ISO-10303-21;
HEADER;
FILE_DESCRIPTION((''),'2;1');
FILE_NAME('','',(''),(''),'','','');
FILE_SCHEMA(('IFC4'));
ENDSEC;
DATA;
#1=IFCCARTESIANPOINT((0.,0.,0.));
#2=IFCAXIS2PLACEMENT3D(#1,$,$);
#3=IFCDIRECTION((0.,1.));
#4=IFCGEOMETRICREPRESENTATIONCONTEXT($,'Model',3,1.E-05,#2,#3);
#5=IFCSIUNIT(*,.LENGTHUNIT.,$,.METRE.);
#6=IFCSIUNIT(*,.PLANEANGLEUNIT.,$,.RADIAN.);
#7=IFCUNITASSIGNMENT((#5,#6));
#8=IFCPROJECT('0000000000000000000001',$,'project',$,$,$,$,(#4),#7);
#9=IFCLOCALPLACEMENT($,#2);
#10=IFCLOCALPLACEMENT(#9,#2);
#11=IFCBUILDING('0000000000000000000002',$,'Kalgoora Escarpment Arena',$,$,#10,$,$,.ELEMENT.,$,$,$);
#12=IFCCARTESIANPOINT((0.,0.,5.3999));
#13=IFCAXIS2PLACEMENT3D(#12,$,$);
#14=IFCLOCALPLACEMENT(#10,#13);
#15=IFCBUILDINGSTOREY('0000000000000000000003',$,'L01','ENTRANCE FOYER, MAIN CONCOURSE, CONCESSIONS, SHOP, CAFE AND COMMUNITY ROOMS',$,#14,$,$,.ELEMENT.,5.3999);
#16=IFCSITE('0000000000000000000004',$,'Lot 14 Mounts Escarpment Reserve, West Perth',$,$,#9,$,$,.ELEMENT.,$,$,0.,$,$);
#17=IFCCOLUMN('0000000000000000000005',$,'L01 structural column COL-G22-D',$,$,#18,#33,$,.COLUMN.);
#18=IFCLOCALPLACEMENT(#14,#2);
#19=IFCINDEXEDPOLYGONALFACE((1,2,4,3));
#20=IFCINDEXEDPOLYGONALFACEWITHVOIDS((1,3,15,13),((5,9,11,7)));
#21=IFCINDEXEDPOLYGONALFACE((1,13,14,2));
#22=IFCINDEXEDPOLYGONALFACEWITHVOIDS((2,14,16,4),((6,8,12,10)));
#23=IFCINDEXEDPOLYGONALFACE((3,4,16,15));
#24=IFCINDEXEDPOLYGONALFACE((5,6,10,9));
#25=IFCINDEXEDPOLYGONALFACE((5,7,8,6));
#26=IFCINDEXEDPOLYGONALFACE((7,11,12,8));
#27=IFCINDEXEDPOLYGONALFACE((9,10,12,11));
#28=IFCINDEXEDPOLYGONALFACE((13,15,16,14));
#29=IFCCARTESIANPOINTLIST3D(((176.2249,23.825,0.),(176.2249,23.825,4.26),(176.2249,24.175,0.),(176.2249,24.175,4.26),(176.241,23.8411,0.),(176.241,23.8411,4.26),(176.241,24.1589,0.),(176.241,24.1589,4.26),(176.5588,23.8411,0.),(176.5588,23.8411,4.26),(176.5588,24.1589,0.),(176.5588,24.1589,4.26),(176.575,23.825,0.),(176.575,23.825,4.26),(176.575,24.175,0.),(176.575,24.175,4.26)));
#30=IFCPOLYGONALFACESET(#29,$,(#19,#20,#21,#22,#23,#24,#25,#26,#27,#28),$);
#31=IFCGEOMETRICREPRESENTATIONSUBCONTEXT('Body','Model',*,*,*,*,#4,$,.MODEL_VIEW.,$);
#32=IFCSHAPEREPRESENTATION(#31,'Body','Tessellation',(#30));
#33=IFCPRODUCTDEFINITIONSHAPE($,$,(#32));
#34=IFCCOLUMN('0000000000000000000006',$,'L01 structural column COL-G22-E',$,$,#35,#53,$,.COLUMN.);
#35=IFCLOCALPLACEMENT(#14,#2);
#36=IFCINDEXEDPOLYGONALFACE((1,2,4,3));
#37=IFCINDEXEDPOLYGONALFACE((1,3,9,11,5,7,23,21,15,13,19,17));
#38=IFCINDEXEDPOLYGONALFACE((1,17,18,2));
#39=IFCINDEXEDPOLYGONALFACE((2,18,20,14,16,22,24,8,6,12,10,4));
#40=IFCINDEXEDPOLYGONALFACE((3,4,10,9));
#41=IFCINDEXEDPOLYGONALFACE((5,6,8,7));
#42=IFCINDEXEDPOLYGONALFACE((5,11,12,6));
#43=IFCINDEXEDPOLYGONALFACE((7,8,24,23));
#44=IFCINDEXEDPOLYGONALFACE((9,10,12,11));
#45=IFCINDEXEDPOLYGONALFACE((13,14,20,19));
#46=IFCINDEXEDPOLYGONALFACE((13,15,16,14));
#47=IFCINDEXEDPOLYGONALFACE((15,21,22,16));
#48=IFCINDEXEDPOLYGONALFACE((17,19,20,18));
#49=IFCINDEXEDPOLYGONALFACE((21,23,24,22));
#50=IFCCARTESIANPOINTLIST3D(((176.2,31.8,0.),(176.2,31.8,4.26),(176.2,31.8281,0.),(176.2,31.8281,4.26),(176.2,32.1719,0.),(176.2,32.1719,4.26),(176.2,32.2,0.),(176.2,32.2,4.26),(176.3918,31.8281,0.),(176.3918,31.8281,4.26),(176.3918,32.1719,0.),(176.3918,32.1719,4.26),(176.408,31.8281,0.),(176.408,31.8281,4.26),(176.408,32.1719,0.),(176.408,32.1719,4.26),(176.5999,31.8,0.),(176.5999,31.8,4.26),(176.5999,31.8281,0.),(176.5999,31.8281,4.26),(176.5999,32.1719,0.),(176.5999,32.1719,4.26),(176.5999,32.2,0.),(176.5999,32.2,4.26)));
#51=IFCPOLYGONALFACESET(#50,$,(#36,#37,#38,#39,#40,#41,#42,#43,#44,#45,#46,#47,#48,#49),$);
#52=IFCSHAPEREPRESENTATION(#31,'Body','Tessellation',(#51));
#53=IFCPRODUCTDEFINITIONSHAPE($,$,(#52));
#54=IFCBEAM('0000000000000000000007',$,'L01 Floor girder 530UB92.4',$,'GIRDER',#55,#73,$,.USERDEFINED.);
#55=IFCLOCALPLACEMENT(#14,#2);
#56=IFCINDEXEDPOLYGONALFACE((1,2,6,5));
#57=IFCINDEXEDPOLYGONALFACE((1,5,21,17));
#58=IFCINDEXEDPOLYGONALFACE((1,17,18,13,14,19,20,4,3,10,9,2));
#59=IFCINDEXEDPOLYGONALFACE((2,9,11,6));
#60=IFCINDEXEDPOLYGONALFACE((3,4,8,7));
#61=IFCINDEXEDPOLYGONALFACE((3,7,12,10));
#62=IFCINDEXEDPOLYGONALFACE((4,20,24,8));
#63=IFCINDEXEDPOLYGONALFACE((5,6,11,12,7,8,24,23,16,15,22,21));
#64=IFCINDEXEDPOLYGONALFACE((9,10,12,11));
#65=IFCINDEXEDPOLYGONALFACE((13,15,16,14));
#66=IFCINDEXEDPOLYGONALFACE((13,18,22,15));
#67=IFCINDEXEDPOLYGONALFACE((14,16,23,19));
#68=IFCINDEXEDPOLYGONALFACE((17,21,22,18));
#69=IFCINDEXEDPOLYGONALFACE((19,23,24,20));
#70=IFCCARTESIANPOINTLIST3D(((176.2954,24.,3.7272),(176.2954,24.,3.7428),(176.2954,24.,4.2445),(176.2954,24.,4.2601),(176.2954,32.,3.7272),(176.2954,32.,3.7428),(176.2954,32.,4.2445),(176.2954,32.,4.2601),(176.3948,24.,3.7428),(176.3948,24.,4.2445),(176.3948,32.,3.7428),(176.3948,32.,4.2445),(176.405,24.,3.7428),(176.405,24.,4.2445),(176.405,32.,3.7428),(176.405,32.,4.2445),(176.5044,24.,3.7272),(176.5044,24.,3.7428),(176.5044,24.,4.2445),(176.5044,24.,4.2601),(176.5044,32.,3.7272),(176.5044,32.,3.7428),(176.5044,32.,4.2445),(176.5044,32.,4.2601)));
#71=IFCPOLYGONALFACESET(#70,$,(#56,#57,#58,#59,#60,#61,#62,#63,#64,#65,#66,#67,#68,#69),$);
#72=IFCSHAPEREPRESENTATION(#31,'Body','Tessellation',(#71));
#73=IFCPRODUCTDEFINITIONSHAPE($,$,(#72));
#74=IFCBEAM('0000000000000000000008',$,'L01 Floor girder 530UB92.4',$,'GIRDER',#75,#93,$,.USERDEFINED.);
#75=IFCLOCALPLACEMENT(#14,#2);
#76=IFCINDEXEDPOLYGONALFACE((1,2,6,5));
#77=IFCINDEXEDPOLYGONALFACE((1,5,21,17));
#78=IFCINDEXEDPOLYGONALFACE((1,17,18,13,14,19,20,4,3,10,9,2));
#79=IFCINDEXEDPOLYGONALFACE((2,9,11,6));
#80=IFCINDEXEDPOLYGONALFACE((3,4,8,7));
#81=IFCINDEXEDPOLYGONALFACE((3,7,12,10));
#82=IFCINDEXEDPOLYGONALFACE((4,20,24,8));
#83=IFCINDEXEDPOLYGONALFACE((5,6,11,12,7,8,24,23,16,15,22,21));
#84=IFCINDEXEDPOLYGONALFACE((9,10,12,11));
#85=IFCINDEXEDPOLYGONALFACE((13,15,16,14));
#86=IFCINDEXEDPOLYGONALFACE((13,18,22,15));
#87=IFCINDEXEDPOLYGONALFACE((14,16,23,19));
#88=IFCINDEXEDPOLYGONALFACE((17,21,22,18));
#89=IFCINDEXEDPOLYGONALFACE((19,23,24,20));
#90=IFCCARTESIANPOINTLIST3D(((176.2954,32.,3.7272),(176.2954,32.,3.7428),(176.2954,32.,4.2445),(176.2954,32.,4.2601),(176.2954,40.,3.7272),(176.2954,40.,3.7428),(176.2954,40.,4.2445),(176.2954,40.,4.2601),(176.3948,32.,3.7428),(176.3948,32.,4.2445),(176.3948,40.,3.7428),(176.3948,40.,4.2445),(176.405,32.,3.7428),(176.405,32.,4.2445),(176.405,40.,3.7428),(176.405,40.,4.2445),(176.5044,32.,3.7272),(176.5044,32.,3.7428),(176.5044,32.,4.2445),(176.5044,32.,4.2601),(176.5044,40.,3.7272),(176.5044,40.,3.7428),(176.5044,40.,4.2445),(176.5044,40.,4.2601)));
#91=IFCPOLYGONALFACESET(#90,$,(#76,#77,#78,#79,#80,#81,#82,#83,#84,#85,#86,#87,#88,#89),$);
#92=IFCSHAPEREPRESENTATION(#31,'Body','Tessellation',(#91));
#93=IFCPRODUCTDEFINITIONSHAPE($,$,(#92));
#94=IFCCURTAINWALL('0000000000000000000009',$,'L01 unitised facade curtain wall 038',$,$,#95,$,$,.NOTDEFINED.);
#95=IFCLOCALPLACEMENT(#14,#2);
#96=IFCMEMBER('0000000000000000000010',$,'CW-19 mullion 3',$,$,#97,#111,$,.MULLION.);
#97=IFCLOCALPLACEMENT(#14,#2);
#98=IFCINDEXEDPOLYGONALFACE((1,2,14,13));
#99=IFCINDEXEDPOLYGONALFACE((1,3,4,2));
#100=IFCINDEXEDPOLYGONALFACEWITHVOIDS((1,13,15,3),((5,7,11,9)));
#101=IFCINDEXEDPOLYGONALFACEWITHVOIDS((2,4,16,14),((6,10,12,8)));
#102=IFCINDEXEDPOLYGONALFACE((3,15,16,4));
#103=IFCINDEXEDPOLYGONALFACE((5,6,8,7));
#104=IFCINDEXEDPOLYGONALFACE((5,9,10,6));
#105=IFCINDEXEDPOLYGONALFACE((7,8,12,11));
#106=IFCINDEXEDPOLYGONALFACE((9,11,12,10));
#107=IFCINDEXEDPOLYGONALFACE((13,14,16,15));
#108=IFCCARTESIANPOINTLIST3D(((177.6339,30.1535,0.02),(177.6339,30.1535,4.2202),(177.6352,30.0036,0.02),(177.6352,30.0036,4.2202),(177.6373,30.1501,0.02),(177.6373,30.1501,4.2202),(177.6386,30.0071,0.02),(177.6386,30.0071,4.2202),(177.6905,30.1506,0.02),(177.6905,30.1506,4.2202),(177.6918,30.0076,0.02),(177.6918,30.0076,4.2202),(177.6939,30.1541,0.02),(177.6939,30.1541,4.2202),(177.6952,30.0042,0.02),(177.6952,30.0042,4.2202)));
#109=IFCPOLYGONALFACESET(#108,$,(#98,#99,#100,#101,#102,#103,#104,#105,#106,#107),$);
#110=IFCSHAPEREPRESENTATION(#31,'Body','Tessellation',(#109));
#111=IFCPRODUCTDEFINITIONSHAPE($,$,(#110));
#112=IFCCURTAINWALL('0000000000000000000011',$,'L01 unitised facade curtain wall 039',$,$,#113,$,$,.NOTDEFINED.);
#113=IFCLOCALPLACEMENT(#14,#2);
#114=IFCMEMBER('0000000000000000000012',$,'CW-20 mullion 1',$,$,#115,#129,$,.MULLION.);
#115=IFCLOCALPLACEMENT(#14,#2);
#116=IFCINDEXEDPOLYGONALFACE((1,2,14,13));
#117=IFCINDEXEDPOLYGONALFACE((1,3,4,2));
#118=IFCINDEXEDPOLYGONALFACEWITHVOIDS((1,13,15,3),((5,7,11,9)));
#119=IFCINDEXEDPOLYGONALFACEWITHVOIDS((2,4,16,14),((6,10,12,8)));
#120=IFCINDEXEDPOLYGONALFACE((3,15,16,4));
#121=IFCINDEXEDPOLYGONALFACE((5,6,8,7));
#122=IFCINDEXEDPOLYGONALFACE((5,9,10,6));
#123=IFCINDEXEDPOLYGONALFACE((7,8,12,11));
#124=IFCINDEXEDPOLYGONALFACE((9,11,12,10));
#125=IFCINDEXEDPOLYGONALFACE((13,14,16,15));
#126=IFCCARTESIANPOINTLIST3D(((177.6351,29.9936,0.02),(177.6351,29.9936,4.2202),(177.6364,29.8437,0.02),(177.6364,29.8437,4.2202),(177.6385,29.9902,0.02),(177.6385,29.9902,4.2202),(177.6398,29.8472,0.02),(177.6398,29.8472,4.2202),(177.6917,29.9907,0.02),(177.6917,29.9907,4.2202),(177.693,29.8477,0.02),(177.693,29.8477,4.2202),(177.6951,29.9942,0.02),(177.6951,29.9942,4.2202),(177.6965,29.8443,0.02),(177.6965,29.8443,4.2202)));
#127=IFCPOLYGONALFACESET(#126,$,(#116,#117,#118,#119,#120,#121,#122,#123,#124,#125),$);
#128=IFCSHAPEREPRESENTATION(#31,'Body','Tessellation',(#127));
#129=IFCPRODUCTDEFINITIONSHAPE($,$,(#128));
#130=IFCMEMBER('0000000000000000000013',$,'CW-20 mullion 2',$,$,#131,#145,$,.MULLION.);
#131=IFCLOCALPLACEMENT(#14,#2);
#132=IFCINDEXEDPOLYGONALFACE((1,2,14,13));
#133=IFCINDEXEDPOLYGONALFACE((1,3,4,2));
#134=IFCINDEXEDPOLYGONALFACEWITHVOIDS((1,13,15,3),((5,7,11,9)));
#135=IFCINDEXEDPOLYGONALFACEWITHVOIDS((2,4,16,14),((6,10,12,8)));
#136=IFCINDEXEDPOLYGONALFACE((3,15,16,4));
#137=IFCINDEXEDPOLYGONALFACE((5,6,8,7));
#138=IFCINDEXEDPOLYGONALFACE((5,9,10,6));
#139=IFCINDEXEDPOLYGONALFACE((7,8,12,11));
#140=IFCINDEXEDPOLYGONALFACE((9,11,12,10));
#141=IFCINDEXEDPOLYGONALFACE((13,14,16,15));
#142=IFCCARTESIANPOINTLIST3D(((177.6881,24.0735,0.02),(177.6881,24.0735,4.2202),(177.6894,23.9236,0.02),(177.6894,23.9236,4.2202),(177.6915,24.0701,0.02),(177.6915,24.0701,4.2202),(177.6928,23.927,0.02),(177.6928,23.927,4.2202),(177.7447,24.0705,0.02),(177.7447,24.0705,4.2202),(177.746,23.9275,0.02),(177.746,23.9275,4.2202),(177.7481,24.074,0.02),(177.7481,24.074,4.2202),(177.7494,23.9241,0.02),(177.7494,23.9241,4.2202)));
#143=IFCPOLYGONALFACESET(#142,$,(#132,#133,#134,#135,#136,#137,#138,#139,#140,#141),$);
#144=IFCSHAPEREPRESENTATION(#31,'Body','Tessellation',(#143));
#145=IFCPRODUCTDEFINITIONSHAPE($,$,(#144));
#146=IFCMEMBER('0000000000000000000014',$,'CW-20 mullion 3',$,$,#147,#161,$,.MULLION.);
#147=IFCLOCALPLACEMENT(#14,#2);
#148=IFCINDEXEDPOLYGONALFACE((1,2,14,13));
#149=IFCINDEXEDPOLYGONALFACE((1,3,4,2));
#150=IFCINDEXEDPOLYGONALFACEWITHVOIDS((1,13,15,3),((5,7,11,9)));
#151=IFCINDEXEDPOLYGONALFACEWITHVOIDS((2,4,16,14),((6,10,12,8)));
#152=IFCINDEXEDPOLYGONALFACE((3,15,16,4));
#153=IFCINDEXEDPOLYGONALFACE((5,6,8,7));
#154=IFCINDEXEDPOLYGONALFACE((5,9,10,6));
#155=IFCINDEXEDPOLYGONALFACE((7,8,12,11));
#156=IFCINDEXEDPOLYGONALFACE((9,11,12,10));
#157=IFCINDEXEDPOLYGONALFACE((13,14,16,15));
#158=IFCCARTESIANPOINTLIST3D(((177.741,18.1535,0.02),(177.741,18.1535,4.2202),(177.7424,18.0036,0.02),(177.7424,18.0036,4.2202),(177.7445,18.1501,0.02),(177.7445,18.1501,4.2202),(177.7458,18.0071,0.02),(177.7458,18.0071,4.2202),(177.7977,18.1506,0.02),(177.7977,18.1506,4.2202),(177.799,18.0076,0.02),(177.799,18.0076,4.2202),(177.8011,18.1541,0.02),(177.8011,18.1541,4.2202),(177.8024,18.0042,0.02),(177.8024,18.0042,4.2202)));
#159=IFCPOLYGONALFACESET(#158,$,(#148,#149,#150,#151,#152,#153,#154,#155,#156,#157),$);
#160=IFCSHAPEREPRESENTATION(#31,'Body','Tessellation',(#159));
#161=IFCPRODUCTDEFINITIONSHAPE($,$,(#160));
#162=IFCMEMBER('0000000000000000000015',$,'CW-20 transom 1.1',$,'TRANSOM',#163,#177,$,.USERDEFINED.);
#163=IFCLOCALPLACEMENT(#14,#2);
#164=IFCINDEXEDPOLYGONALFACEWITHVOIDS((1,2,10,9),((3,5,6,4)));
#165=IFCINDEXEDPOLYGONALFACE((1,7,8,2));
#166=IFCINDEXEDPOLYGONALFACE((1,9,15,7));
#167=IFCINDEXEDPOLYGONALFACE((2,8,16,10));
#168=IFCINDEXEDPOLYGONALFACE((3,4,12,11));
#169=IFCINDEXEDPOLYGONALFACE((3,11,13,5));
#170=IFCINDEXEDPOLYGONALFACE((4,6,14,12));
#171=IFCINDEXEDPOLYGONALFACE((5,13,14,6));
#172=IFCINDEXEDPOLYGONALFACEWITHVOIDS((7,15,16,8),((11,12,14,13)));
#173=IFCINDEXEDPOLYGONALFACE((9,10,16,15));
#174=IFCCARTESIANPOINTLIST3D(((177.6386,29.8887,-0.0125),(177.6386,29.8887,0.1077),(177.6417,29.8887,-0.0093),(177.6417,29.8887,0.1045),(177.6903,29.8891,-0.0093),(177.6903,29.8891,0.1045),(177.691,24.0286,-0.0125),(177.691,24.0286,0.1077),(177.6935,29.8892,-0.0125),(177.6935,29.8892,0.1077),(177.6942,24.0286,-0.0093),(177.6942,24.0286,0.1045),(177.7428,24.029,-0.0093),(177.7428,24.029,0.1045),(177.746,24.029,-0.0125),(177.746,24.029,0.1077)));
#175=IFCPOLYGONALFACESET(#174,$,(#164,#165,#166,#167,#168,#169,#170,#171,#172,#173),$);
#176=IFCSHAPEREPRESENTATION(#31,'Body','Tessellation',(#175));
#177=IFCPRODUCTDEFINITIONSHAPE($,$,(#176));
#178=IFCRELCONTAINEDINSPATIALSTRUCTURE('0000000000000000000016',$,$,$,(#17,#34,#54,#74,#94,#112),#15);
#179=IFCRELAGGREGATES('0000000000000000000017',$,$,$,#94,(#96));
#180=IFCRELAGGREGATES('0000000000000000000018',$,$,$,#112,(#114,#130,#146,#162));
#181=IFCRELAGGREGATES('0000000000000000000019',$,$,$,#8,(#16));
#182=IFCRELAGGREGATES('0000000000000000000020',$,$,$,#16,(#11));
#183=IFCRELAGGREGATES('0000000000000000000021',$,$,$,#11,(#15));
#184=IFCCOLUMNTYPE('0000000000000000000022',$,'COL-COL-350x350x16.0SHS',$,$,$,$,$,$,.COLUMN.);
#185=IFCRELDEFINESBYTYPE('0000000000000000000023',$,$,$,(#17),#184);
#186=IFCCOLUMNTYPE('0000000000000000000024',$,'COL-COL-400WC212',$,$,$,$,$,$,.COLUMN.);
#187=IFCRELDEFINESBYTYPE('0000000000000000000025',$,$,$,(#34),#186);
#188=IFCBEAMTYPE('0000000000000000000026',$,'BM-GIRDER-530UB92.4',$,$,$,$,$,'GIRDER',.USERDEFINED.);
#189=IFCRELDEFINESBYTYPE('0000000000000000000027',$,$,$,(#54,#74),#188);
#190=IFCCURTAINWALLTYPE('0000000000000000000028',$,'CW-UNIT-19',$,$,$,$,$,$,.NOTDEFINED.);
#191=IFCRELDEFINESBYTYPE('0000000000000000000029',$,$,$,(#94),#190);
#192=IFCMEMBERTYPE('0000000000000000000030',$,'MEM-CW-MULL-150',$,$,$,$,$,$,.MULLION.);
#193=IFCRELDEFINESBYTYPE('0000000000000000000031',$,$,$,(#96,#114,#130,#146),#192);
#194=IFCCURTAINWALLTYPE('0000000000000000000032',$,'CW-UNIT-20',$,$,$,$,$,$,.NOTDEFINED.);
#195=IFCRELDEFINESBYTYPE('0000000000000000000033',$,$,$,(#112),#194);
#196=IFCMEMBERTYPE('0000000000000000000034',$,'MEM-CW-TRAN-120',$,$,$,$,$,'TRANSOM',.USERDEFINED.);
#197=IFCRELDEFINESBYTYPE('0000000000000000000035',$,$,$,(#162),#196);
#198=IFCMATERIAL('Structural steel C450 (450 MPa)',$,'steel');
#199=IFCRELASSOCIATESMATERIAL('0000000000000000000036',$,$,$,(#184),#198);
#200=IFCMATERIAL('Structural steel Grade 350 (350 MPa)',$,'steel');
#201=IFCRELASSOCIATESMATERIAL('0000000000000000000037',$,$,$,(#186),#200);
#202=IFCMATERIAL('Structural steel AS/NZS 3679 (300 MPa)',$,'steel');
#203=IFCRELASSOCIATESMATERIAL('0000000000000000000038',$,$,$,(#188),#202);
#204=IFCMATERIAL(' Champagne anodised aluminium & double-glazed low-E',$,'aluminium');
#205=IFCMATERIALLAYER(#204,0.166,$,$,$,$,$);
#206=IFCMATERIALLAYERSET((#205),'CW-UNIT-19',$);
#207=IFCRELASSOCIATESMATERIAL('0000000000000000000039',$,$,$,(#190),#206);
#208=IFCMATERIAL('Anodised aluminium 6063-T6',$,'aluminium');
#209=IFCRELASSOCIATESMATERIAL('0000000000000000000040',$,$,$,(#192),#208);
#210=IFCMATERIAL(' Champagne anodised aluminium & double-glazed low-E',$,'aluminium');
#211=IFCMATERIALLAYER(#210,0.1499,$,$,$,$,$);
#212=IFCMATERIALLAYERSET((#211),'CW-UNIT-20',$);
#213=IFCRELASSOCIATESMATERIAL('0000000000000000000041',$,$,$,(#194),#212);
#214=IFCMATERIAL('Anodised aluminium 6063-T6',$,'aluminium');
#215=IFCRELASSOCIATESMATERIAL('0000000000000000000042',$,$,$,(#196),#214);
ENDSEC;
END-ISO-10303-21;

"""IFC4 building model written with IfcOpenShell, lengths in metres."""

from ifc_helpers import new_model, si_unit, direction, frame, origin, origin_2d, place, context, subcontext, project, spatial, hollow_rectangle, i_section, extrude, material, layer, layer_set, material_profile, profile_set, type_object, element, aggregate, save


model = new_model("IFC4")

# Units and contexts
model_context = context("Model", 3, precision=1e-05, world=origin(), true_north=direction((0.0, 1.0)))
body_context = subcontext(model_context, "Body", "Model", "MODEL_VIEW")
ifc_project = project(units=[si_unit("LENGTHUNIT", "METRE"), si_unit("PLANEANGLEUNIT", "RADIAN")], contexts=[model_context])

# Site, building, storey
site_placement = place(None, origin())
site = spatial("IfcSite", under=ifc_project, at=site_placement, Name="Lot 14 Mounts Escarpment Reserve, West Perth", CompositionType="ELEMENT", RefElevation=0.0)
building_placement = place(site_placement, origin())
building = spatial("IfcBuilding", under=site, at=building_placement, Name="Kalgoora Escarpment Arena", CompositionType="ELEMENT")
storey_placement = place(building_placement, frame((0.0, 0.0, 5.3999)))
storey = spatial("IfcBuildingStorey", under=building, at=storey_placement, Name="L01", Description="ENTRANCE FOYER, MAIN CONCOURSE, CONCESSIONS, SHOP, CAFE AND COMMUNITY ROOMS", CompositionType="ELEMENT", Elevation=5.3999)

# Columns
ifc_material_1 = material(Name="Structural steel C450 (450 MPa)", Category="steel")
ifc_material_profile_1 = material_profile(ifc_material_1, hollow_rectangle(XDim=0.3501, YDim=0.3501, WallThickness=0.0161, at=origin_2d()))
ifc_profile_set_1 = profile_set([ifc_material_profile_1], Name="Structural steel C450 (450 MPa)")
column_type_1 = type_object("IfcColumnType", Name="COL-COL-350x350x16.0SHS", PredefinedType="COLUMN", material=ifc_profile_set_1)
column_1_placement = place(storey_placement, frame((176.3999, 24.0, 0.0), z_axis=(0.0, 0.0, 1.0), x_axis=(1.0, 0.0, 0.0)))
element("IfcColumn", 1, at=column_1_placement, inside=storey, type_object=column_type_1, Name="L01 structural column COL-G22-D", PredefinedType="COLUMN", context=body_context, shape_type="SweptSolid", body=[
    extrude(hollow_rectangle(XDim=0.3501, YDim=0.3501, WallThickness=0.0161, at=origin_2d()), origin(), (0.0, 0.0, 1.0), 4.26),
])
ifc_material_2 = material(Name="Structural steel Grade 350 (350 MPa)", Category="steel")
ifc_material_profile_2 = material_profile(ifc_material_2, i_section(OverallWidth=0.3999, OverallDepth=0.3999, WebThickness=0.0161, FlangeThickness=0.0281, at=origin_2d()))
ifc_profile_set_2 = profile_set([ifc_material_profile_2], Name="Structural steel Grade 350 (350 MPa)")
column_type_2 = type_object("IfcColumnType", Name="COL-COL-400WC212", PredefinedType="COLUMN", material=ifc_profile_set_2)
column_2_placement = place(storey_placement, frame((176.3999, 32.0, 0.0), z_axis=(0.0, 0.0, 1.0), x_axis=(1.0, 0.0, 0.0)))
element("IfcColumn", 2, at=column_2_placement, inside=storey, type_object=column_type_2, Name="L01 structural column COL-G22-E", PredefinedType="COLUMN", context=body_context, shape_type="SweptSolid", body=[
    extrude(i_section(OverallWidth=0.3999, OverallDepth=0.3999, WebThickness=0.0161, FlangeThickness=0.0281, at=origin_2d()), origin(), (0.0, 0.0, 1.0), 4.26),
])

# Beams
ifc_material_3 = material(Name="Structural steel AS/NZS 3679 (300 MPa)", Category="steel")
ifc_material_profile_3 = material_profile(ifc_material_3, i_section(OverallWidth=0.209, OverallDepth=0.533, WebThickness=0.0103, FlangeThickness=0.0156, at=origin_2d()))
ifc_profile_set_3 = profile_set([ifc_material_profile_3], Name="Structural steel AS/NZS 3679 (300 MPa)")
beam_type = type_object("IfcBeamType", Name="BM-GIRDER-530UB92.4", ElementType="GIRDER", PredefinedType="USERDEFINED", material=ifc_profile_set_3)
for number, where, z_axis, x_axis, name in (
    (3, (176.3999, 24.0, 3.9937), (0.0, 1.0, 0.0), (-1.0, 0.0, 0.0), "L01 Floor girder 530UB92.4"),
    (4, (176.3999, 32.0, 3.9937), (0.0, 1.0, 0.0), (-1.0, 0.0, 0.0), "L01 Floor girder 530UB92.4"),
):
    element("IfcBeam", number, at=place(storey_placement, frame(where, z_axis=z_axis, x_axis=x_axis)), inside=storey, type_object=beam_type, Name=name, ObjectType="GIRDER", PredefinedType="USERDEFINED", context=body_context, shape_type="SweptSolid", body=[
        extrude(i_section(OverallWidth=0.209, OverallDepth=0.533, WebThickness=0.0103, FlangeThickness=0.0156, at=origin_2d()), origin(), (0.0, 0.0, 1.0), 8.0),
    ])

# Curtain wall, member
ifc_material_4 = material(Name=" Champagne anodised aluminium & double-glazed low-E", Category="aluminium")
ifc_layer_1 = layer(ifc_material_4, 0.166)
ifc_layer_set_1 = layer_set([ifc_layer_1], Name="CW-UNIT-19")
curtain_wall_type_1 = type_object("IfcCurtainWallType", Name="CW-UNIT-19", PredefinedType="NOTDEFINED", material=ifc_layer_set_1)
curtain_wall_1_placement = place(storey_placement, origin())
curtain_wall_1 = element("IfcCurtainWall", 5, at=curtain_wall_1_placement, inside=storey, type_object=curtain_wall_type_1, Name="L01 unitised facade curtain wall 038", PredefinedType="NOTDEFINED")
ifc_material_5 = material(Name="Anodised aluminium 6063-T6", Category="aluminium")
ifc_material_profile_4 = material_profile(ifc_material_5, hollow_rectangle(XDim=0.0601, YDim=0.1499, WallThickness=0.0034, at=origin_2d()))
ifc_profile_set_4 = profile_set([ifc_material_profile_4], Name="Anodised aluminium 6063-T6")
member_type_1 = type_object("IfcMemberType", Name="MEM-CW-MULL-150", PredefinedType="MULLION", material=ifc_profile_set_4)
member_1_placement = place(storey_placement, frame((177.6646, 30.0789, 0.02), z_axis=(0.0, 0.0, 1.0), x_axis=(0.99996, 0.008949, 0.0)))
member_1 = element("IfcMember", 6, at=member_1_placement, type_object=member_type_1, Name="CW-19 mullion 3", PredefinedType="MULLION", context=body_context, shape_type="SweptSolid", body=[
    extrude(hollow_rectangle(XDim=0.0601, YDim=0.1499, WallThickness=0.0034, at=origin_2d()), origin(), (0.0, 0.0, 1.0), 4.2002),
])

# Curtain wall, members
ifc_material_6 = material(Name=" Champagne anodised aluminium & double-glazed low-E", Category="aluminium")
ifc_layer_2 = layer(ifc_material_6, 0.1499)
ifc_layer_set_2 = layer_set([ifc_layer_2], Name="CW-UNIT-20")
curtain_wall_type_2 = type_object("IfcCurtainWallType", Name="CW-UNIT-20", PredefinedType="NOTDEFINED", material=ifc_layer_set_2)
curtain_wall_2_placement = place(storey_placement, origin())
curtain_wall_2 = element("IfcCurtainWall", 7, at=curtain_wall_2_placement, inside=storey, type_object=curtain_wall_type_2, Name="L01 unitised facade curtain wall 039", PredefinedType="NOTDEFINED")
member_2_placement = place(storey_placement, frame((177.6658, 29.9189, 0.02), z_axis=(0.0, 0.0, 1.0), x_axis=(0.99996, 0.008949, 0.0)))
member_2 = element("IfcMember", 8, at=member_2_placement, type_object=member_type_1, Name="CW-20 mullion 1", PredefinedType="MULLION", context=body_context, shape_type="SweptSolid", body=[
    extrude(hollow_rectangle(XDim=0.0601, YDim=0.1499, WallThickness=0.0034, at=origin_2d()), origin(), (0.0, 0.0, 1.0), 4.2002),
])
member_3_placement = place(storey_placement, frame((177.7188, 23.9988, 0.02), z_axis=(0.0, 0.0, 1.0), x_axis=(0.99996, 0.008949, 0.0)))
member_3 = element("IfcMember", 9, at=member_3_placement, type_object=member_type_1, Name="CW-20 mullion 2", PredefinedType="MULLION", context=body_context, shape_type="SweptSolid", body=[
    extrude(hollow_rectangle(XDim=0.0601, YDim=0.1499, WallThickness=0.0034, at=origin_2d()), origin(), (0.0, 0.0, 1.0), 4.2002),
])
member_4_placement = place(storey_placement, frame((177.7717, 18.0789, 0.02), z_axis=(0.0, 0.0, 1.0), x_axis=(0.99996, 0.008949, 0.0)))
member_4 = element("IfcMember", 10, at=member_4_placement, type_object=member_type_1, Name="CW-20 mullion 3", PredefinedType="MULLION", context=body_context, shape_type="SweptSolid", body=[
    extrude(hollow_rectangle(XDim=0.0601, YDim=0.1499, WallThickness=0.0034, at=origin_2d()), origin(), (0.0, 0.0, 1.0), 4.2002),
])
ifc_material_7 = material(Name="Anodised aluminium 6063-T6", Category="aluminium")
ifc_material_profile_5 = material_profile(ifc_material_7, hollow_rectangle(XDim=0.0549, YDim=0.1201, WallThickness=0.0032, at=origin_2d()))
ifc_profile_set_5 = profile_set([ifc_material_profile_5], Name="Anodised aluminium 6063-T6")
member_type_2 = type_object("IfcMemberType", Name="MEM-CW-TRAN-120", ElementType="TRANSOM", PredefinedType="USERDEFINED", material=ifc_profile_set_5)
member_5_placement = place(storey_placement, frame((177.666, 29.8889, 0.0476), z_axis=(0.008957, -0.99996, 0.0), x_axis=(0.99996, 0.008957, 0.0)))
member_5 = element("IfcMember", 11, at=member_5_placement, type_object=member_type_2, Name="CW-20 transom 1.1", ObjectType="TRANSOM", PredefinedType="USERDEFINED", context=body_context, shape_type="SweptSolid", body=[
    extrude(hollow_rectangle(XDim=0.0549, YDim=0.1201, WallThickness=0.0032, at=origin_2d()), origin(), (0.0, 0.0, 1.0), 5.8604),
])

aggregate(curtain_wall_1, [member_1])
aggregate(curtain_wall_2, [member_2, member_3, member_4, member_5])

save(model, "model.ifc")
